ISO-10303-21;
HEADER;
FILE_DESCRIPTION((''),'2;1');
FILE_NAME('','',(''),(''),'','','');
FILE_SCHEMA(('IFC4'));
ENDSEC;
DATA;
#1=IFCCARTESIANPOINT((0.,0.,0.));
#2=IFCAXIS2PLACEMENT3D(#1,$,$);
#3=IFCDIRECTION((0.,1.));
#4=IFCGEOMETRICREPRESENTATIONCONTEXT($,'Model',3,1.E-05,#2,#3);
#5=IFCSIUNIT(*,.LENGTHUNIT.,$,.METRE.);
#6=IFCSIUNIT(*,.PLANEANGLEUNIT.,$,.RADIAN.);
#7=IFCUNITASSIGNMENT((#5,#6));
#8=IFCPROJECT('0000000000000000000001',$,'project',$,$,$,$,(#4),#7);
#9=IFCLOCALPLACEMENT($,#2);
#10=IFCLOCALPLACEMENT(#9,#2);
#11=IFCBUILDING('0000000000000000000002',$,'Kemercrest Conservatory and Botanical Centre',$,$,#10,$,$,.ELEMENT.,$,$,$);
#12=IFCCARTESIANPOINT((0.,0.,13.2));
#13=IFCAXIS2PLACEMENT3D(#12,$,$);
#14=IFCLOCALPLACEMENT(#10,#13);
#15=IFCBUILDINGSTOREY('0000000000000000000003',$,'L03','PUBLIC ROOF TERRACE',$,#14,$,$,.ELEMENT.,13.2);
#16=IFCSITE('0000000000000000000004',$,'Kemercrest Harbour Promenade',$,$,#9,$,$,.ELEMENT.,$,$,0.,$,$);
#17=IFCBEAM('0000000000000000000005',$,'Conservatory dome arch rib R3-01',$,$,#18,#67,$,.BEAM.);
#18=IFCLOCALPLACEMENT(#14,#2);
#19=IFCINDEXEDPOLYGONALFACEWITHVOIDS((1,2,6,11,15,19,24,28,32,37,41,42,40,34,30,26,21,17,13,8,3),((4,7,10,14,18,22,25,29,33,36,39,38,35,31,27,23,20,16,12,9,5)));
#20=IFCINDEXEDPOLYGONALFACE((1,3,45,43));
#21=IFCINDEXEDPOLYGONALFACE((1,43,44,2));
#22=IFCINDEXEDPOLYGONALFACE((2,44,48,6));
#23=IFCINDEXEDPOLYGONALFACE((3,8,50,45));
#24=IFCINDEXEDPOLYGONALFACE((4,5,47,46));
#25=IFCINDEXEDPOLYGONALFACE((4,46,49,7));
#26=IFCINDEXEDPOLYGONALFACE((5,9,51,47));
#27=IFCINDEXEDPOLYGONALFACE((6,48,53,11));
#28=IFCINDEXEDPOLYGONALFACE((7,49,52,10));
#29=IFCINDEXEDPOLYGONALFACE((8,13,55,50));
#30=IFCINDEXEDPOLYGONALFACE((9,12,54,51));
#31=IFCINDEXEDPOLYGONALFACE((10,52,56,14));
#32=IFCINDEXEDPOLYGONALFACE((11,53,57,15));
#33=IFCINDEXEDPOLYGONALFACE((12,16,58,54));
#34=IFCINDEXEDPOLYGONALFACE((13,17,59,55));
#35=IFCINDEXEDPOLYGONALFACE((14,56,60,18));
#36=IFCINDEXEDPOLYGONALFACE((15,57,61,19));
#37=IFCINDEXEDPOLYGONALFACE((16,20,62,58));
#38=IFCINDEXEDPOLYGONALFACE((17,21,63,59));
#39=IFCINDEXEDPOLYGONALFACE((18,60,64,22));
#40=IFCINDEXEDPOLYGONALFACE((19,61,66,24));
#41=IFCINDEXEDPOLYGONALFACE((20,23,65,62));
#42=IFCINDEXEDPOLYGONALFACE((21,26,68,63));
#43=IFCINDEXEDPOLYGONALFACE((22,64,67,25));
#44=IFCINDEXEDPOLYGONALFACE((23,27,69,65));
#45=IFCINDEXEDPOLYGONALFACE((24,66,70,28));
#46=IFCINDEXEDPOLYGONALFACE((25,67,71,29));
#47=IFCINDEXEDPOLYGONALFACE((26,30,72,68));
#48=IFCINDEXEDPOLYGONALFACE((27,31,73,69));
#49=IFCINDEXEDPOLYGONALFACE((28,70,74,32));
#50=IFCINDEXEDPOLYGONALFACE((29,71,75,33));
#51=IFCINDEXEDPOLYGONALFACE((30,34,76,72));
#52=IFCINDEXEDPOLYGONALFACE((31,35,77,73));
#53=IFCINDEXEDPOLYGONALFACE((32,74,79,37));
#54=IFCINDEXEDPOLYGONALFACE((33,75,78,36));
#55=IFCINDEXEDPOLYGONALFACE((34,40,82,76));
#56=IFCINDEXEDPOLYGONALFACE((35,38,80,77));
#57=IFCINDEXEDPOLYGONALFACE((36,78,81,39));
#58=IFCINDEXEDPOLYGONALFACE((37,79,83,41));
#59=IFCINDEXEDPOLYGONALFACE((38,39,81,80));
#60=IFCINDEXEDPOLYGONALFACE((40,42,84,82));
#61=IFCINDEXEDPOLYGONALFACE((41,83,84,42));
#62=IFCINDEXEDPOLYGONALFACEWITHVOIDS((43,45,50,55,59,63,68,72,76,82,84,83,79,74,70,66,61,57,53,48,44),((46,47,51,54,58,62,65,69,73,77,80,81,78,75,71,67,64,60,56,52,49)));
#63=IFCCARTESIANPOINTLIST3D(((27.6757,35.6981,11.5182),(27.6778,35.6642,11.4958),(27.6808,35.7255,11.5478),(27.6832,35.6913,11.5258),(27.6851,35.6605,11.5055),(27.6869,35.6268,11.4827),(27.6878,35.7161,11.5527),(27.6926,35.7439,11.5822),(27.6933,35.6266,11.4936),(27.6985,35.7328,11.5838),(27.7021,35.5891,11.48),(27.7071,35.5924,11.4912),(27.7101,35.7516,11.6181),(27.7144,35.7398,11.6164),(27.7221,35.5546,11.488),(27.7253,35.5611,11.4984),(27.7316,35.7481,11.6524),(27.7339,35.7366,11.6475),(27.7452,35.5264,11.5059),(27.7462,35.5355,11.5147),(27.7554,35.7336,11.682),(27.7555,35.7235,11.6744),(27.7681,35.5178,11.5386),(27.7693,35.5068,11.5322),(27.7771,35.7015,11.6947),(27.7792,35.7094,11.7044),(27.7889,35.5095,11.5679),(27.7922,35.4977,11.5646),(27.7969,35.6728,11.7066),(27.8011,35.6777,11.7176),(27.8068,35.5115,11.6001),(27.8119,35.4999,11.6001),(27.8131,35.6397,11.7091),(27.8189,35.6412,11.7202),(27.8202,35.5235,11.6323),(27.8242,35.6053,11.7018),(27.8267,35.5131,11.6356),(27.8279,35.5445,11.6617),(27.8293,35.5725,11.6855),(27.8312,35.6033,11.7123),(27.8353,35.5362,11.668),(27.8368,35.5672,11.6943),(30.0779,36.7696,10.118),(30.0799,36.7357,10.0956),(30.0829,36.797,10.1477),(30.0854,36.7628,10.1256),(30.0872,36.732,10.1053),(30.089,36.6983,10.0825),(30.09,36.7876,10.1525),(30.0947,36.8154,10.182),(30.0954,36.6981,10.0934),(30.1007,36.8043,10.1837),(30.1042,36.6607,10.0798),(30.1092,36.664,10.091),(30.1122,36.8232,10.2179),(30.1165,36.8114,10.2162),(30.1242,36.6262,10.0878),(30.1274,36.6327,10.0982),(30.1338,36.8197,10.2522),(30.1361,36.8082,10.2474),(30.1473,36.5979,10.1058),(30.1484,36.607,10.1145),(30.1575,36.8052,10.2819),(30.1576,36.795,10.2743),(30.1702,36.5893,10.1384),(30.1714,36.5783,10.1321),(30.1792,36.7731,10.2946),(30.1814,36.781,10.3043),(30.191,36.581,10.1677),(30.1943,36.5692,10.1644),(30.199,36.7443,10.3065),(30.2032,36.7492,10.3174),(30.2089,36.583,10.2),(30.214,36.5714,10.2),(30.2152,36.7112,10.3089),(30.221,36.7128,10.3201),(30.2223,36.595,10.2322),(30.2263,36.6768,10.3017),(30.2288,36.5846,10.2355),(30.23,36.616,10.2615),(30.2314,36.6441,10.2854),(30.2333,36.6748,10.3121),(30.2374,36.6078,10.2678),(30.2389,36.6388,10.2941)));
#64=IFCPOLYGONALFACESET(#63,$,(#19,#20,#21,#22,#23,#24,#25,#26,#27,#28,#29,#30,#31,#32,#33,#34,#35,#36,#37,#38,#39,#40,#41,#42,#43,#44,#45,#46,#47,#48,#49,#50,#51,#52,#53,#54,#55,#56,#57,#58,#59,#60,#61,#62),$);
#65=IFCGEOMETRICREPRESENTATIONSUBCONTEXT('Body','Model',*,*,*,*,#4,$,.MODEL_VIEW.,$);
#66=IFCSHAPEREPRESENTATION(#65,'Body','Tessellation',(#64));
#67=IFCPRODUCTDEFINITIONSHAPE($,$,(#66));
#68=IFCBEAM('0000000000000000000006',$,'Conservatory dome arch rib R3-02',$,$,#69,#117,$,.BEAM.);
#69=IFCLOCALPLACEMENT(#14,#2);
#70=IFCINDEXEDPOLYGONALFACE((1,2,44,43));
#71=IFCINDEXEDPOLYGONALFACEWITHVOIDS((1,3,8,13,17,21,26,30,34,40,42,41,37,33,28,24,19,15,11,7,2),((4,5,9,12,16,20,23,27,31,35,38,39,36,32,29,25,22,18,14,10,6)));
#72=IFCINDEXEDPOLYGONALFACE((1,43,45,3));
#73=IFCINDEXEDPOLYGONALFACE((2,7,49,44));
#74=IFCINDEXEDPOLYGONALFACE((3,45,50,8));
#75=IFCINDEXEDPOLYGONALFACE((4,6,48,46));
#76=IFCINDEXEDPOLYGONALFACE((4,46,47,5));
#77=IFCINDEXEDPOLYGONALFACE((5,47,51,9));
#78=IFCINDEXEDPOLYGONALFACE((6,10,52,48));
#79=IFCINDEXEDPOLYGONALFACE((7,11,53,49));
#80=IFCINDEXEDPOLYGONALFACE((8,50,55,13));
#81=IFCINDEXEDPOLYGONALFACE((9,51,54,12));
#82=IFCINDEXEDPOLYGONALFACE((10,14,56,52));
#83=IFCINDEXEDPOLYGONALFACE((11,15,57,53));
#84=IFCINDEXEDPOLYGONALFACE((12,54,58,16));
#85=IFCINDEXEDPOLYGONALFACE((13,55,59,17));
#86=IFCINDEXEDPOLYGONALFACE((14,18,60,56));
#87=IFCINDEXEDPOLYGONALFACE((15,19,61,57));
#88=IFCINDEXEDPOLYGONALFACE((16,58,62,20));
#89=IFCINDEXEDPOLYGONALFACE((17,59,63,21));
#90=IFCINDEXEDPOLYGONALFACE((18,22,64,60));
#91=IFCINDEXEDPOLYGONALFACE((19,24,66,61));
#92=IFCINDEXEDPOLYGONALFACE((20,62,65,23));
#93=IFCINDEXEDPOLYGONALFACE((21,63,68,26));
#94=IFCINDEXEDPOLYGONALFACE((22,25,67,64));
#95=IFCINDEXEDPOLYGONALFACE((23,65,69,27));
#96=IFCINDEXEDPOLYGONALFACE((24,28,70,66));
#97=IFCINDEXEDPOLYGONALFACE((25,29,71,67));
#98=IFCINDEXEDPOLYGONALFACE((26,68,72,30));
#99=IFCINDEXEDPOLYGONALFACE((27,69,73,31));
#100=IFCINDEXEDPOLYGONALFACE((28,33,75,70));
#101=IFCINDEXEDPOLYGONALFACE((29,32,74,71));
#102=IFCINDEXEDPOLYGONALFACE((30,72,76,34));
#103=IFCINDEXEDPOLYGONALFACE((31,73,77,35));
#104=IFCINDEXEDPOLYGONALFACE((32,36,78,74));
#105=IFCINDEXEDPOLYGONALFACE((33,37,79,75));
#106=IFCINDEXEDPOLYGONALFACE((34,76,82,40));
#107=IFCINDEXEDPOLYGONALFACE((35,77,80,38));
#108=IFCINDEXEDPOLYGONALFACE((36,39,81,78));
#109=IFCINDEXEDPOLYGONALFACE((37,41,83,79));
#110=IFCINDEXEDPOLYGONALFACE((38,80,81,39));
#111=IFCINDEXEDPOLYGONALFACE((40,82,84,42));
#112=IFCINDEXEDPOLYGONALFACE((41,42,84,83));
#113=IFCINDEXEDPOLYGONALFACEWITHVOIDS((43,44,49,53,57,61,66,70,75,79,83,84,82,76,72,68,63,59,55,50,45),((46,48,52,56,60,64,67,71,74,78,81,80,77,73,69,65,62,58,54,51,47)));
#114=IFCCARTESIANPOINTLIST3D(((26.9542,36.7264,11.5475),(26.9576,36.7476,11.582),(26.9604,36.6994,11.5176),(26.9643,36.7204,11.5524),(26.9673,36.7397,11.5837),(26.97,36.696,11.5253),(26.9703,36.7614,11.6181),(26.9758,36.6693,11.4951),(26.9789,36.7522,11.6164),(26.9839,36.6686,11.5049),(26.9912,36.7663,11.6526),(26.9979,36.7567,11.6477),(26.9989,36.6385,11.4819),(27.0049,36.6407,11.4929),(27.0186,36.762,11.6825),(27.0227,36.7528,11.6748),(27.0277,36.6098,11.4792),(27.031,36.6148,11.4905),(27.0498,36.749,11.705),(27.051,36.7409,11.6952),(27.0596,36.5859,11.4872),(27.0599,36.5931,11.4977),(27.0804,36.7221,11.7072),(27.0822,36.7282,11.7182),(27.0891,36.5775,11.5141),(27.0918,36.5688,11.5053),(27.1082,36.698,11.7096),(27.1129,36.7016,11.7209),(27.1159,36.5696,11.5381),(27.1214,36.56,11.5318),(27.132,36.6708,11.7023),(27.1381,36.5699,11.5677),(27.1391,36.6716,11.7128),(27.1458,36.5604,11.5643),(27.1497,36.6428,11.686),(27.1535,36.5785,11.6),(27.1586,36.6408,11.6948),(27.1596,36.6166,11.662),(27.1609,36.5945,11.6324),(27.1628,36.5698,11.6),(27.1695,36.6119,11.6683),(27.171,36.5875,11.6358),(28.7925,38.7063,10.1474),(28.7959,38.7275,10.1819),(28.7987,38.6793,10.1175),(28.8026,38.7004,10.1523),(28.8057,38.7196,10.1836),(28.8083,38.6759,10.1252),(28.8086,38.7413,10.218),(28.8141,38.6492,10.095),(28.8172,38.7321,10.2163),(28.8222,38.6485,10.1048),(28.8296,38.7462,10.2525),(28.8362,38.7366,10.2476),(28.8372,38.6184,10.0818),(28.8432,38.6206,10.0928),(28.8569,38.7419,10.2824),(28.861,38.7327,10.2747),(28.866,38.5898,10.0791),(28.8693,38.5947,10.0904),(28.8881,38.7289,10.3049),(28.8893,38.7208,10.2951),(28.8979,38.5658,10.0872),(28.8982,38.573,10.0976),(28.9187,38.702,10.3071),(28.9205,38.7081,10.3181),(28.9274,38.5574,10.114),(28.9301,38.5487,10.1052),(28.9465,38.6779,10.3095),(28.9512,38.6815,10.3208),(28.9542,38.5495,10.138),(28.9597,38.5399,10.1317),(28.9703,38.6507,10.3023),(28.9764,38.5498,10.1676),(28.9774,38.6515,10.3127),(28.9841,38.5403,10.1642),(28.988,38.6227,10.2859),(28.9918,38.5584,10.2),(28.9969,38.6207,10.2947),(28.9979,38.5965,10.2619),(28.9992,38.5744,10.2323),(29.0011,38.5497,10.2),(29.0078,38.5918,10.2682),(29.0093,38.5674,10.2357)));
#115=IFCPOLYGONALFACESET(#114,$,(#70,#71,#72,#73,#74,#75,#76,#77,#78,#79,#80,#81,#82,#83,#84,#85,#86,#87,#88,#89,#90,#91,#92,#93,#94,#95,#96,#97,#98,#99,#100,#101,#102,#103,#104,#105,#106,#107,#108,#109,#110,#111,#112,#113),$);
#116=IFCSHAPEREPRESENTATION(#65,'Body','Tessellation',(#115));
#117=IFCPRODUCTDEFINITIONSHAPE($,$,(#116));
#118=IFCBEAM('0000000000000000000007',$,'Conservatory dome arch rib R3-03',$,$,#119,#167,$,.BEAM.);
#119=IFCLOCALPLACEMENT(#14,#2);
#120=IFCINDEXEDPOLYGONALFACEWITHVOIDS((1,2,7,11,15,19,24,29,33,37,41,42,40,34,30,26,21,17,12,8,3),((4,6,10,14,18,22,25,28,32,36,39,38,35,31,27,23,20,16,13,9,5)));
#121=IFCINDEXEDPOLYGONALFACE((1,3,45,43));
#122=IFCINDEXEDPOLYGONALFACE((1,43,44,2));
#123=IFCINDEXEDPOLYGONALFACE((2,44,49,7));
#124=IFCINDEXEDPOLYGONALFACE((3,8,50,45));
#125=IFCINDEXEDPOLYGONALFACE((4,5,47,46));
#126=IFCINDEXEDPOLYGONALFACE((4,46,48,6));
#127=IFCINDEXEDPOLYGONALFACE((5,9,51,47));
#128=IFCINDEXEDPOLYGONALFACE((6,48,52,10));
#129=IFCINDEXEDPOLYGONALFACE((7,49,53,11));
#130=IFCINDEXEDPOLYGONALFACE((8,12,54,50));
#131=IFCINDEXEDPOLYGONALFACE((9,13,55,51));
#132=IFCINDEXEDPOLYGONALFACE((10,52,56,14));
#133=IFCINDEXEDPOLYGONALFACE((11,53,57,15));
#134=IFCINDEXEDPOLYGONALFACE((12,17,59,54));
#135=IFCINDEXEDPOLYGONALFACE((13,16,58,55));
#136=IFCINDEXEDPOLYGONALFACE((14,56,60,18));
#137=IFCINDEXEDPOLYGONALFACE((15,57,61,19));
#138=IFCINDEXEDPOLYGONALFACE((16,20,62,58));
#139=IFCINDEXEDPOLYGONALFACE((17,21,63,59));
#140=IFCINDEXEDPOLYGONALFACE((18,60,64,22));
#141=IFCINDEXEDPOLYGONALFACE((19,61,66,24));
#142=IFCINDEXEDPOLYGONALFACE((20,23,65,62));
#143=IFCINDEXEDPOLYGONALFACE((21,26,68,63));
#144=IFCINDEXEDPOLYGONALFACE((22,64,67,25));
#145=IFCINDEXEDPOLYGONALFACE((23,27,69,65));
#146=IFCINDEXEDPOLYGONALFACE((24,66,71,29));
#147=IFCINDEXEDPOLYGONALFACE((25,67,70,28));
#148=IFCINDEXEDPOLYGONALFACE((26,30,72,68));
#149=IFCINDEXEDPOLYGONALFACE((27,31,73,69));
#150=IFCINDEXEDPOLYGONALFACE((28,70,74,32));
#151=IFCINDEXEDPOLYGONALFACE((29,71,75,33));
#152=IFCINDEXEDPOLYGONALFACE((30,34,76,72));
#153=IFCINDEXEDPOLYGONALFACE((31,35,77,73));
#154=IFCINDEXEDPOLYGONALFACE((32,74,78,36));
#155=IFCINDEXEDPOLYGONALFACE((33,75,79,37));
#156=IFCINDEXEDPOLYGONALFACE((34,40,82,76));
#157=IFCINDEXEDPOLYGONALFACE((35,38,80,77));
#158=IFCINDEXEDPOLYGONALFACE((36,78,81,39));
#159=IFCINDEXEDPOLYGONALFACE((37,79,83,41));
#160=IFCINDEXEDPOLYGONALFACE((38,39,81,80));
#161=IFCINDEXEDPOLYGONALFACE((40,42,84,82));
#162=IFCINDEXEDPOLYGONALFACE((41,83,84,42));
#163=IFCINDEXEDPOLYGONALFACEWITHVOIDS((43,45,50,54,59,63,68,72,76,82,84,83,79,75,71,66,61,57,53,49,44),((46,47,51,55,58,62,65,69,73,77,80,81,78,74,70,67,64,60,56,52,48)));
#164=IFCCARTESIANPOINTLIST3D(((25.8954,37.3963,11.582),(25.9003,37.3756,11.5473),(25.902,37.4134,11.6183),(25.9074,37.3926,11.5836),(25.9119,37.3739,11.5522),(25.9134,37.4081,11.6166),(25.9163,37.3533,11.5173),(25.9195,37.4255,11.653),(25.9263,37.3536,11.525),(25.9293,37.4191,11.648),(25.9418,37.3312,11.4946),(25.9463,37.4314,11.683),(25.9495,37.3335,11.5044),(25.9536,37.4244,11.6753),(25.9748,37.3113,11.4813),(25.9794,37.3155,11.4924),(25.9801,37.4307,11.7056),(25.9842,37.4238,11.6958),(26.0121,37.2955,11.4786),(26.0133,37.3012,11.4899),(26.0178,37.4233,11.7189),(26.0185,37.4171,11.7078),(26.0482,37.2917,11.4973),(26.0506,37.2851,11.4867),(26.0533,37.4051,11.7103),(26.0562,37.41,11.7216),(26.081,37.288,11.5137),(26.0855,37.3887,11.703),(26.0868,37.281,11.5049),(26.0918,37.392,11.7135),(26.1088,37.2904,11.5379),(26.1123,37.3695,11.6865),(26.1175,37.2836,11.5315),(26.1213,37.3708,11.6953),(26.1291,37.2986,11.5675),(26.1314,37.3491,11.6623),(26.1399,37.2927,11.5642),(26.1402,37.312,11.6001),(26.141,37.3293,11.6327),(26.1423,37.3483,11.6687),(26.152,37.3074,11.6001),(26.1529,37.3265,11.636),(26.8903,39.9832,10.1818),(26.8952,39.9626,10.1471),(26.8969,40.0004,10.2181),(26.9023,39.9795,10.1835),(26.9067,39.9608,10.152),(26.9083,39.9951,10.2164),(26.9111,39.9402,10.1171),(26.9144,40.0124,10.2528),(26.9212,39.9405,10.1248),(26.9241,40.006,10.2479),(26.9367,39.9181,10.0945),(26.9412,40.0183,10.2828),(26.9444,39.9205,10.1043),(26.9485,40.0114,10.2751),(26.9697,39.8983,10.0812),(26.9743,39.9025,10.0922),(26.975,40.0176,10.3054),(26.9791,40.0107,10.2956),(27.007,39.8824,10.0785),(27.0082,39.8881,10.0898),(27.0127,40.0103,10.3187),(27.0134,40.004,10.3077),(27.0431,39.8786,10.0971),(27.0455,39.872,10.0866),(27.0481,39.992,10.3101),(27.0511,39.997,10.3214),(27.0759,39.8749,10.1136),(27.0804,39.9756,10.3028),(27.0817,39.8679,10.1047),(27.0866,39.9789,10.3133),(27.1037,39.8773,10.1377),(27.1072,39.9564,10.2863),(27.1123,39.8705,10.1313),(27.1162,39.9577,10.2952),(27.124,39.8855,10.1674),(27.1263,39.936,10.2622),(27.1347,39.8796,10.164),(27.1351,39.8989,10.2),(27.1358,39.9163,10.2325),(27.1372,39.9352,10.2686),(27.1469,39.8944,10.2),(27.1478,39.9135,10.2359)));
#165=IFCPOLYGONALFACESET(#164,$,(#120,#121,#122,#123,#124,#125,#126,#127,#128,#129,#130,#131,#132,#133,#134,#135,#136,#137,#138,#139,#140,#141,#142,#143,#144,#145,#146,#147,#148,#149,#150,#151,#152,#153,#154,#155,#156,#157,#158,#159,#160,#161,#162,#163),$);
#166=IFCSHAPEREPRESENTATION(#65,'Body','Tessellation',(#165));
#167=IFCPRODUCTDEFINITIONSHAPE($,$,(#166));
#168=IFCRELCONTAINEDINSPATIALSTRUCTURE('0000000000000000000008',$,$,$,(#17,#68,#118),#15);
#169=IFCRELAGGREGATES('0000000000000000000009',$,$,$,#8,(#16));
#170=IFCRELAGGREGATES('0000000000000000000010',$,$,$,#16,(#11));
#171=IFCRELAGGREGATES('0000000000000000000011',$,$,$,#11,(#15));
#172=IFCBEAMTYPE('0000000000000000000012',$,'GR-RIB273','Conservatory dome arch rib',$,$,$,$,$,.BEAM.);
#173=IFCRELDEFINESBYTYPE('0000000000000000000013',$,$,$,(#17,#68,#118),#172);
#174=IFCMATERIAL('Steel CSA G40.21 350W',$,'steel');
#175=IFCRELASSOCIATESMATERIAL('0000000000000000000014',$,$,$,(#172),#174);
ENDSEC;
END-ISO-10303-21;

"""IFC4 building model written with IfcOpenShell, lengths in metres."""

from ifc_helpers import new_model, si_unit, direction, frame, origin, origin_2d, place, context, subcontext, project, spatial, hollow_circle, extrude, material, material_profile, profile_set, type_object, element, save


model = new_model("IFC4")

# Units and contexts
model_context = context("Model", 3, precision=1e-05, world=origin(), true_north=direction((0.0, 1.0)))
body_context = subcontext(model_context, "Body", "Model", "MODEL_VIEW")
ifc_project = project(units=[si_unit("LENGTHUNIT", "METRE"), si_unit("PLANEANGLEUNIT", "RADIAN")], contexts=[model_context])

# Site, building, storey
site_placement = place(None, origin())
site = spatial("IfcSite", under=ifc_project, at=site_placement, Name="Kemercrest Harbour Promenade", CompositionType="ELEMENT", RefElevation=0.0)
building_placement = place(site_placement, origin())
building = spatial("IfcBuilding", under=site, at=building_placement, Name="Kemercrest Conservatory and Botanical Centre", CompositionType="ELEMENT")
storey_placement = place(building_placement, frame((0.0, 0.0, 13.2)))
storey = spatial("IfcBuildingStorey", under=building, at=storey_placement, Name="L03", Description="PUBLIC ROOF TERRACE", CompositionType="ELEMENT", Elevation=13.2)

# Beams
ifc_material_1 = material(Name="Steel CSA G40.21 350W", Category="steel")
ifc_material_profile_1 = material_profile(ifc_material_1, hollow_circle(Radius=0.1365, WallThickness=0.0127, at=origin_2d()), Name="CHS 273.1x12.7")
ifc_profile_set_1 = profile_set([ifc_material_profile_1], Name="Steel CSA G40.21 350W")
beam_type = type_object("IfcBeamType", Name="GR-RIB273", Description="Conservatory dome arch rib", PredefinedType="BEAM", material=ifc_profile_set_1)
beam_1_placement = place(storey_placement, frame((30.1584, 36.696, 10.2), z_axis=(-0.806152, -0.35961, 0.469893), x_axis=(0.407387, -0.913256, 0.0)))
element("IfcBeam", 1, at=beam_1_placement, inside=storey, type_object=beam_type, Name="Conservatory dome arch rib R3-01", PredefinedType="BEAM", context=body_context, shape_type="SweptSolid", body=[
    extrude(hollow_circle(Radius=0.1365, WallThickness=0.0127, at=origin_2d()), origin(), (0.0, 0.0, 1.0), 2.9797),
])
beam_2_placement = place(storey_placement, frame((28.9011, 38.6426, 10.2), z_axis=(-0.604117, -0.650649, 0.460107), x_axis=(0.732826, -0.680416, 0.0)))
element("IfcBeam", 2, at=beam_2_placement, inside=storey, type_object=beam_type, Name="Conservatory dome arch rib R3-02", PredefinedType="BEAM", context=body_context, shape_type="SweptSolid", body=[
    extrude(hollow_circle(Radius=0.1365, WallThickness=0.0127, at=origin_2d()), origin(), (0.0, 0.0, 1.0), 3.043),
])
beam_3_placement = place(storey_placement, frame((27.0195, 39.9434, 10.2), z_axis=(-0.320389, -0.833089, 0.450903), x_axis=(0.933357, -0.35895, 0.0)))
element("IfcBeam", 3, at=beam_3_placement, inside=storey, type_object=beam_type, Name="Conservatory dome arch rib R3-03", PredefinedType="BEAM", context=body_context, shape_type="SweptSolid", body=[
    extrude(hollow_circle(Radius=0.1365, WallThickness=0.0127, at=origin_2d()), origin(), (0.0, 0.0, 1.0), 3.1052),
])

save(model, "model.ifc")
